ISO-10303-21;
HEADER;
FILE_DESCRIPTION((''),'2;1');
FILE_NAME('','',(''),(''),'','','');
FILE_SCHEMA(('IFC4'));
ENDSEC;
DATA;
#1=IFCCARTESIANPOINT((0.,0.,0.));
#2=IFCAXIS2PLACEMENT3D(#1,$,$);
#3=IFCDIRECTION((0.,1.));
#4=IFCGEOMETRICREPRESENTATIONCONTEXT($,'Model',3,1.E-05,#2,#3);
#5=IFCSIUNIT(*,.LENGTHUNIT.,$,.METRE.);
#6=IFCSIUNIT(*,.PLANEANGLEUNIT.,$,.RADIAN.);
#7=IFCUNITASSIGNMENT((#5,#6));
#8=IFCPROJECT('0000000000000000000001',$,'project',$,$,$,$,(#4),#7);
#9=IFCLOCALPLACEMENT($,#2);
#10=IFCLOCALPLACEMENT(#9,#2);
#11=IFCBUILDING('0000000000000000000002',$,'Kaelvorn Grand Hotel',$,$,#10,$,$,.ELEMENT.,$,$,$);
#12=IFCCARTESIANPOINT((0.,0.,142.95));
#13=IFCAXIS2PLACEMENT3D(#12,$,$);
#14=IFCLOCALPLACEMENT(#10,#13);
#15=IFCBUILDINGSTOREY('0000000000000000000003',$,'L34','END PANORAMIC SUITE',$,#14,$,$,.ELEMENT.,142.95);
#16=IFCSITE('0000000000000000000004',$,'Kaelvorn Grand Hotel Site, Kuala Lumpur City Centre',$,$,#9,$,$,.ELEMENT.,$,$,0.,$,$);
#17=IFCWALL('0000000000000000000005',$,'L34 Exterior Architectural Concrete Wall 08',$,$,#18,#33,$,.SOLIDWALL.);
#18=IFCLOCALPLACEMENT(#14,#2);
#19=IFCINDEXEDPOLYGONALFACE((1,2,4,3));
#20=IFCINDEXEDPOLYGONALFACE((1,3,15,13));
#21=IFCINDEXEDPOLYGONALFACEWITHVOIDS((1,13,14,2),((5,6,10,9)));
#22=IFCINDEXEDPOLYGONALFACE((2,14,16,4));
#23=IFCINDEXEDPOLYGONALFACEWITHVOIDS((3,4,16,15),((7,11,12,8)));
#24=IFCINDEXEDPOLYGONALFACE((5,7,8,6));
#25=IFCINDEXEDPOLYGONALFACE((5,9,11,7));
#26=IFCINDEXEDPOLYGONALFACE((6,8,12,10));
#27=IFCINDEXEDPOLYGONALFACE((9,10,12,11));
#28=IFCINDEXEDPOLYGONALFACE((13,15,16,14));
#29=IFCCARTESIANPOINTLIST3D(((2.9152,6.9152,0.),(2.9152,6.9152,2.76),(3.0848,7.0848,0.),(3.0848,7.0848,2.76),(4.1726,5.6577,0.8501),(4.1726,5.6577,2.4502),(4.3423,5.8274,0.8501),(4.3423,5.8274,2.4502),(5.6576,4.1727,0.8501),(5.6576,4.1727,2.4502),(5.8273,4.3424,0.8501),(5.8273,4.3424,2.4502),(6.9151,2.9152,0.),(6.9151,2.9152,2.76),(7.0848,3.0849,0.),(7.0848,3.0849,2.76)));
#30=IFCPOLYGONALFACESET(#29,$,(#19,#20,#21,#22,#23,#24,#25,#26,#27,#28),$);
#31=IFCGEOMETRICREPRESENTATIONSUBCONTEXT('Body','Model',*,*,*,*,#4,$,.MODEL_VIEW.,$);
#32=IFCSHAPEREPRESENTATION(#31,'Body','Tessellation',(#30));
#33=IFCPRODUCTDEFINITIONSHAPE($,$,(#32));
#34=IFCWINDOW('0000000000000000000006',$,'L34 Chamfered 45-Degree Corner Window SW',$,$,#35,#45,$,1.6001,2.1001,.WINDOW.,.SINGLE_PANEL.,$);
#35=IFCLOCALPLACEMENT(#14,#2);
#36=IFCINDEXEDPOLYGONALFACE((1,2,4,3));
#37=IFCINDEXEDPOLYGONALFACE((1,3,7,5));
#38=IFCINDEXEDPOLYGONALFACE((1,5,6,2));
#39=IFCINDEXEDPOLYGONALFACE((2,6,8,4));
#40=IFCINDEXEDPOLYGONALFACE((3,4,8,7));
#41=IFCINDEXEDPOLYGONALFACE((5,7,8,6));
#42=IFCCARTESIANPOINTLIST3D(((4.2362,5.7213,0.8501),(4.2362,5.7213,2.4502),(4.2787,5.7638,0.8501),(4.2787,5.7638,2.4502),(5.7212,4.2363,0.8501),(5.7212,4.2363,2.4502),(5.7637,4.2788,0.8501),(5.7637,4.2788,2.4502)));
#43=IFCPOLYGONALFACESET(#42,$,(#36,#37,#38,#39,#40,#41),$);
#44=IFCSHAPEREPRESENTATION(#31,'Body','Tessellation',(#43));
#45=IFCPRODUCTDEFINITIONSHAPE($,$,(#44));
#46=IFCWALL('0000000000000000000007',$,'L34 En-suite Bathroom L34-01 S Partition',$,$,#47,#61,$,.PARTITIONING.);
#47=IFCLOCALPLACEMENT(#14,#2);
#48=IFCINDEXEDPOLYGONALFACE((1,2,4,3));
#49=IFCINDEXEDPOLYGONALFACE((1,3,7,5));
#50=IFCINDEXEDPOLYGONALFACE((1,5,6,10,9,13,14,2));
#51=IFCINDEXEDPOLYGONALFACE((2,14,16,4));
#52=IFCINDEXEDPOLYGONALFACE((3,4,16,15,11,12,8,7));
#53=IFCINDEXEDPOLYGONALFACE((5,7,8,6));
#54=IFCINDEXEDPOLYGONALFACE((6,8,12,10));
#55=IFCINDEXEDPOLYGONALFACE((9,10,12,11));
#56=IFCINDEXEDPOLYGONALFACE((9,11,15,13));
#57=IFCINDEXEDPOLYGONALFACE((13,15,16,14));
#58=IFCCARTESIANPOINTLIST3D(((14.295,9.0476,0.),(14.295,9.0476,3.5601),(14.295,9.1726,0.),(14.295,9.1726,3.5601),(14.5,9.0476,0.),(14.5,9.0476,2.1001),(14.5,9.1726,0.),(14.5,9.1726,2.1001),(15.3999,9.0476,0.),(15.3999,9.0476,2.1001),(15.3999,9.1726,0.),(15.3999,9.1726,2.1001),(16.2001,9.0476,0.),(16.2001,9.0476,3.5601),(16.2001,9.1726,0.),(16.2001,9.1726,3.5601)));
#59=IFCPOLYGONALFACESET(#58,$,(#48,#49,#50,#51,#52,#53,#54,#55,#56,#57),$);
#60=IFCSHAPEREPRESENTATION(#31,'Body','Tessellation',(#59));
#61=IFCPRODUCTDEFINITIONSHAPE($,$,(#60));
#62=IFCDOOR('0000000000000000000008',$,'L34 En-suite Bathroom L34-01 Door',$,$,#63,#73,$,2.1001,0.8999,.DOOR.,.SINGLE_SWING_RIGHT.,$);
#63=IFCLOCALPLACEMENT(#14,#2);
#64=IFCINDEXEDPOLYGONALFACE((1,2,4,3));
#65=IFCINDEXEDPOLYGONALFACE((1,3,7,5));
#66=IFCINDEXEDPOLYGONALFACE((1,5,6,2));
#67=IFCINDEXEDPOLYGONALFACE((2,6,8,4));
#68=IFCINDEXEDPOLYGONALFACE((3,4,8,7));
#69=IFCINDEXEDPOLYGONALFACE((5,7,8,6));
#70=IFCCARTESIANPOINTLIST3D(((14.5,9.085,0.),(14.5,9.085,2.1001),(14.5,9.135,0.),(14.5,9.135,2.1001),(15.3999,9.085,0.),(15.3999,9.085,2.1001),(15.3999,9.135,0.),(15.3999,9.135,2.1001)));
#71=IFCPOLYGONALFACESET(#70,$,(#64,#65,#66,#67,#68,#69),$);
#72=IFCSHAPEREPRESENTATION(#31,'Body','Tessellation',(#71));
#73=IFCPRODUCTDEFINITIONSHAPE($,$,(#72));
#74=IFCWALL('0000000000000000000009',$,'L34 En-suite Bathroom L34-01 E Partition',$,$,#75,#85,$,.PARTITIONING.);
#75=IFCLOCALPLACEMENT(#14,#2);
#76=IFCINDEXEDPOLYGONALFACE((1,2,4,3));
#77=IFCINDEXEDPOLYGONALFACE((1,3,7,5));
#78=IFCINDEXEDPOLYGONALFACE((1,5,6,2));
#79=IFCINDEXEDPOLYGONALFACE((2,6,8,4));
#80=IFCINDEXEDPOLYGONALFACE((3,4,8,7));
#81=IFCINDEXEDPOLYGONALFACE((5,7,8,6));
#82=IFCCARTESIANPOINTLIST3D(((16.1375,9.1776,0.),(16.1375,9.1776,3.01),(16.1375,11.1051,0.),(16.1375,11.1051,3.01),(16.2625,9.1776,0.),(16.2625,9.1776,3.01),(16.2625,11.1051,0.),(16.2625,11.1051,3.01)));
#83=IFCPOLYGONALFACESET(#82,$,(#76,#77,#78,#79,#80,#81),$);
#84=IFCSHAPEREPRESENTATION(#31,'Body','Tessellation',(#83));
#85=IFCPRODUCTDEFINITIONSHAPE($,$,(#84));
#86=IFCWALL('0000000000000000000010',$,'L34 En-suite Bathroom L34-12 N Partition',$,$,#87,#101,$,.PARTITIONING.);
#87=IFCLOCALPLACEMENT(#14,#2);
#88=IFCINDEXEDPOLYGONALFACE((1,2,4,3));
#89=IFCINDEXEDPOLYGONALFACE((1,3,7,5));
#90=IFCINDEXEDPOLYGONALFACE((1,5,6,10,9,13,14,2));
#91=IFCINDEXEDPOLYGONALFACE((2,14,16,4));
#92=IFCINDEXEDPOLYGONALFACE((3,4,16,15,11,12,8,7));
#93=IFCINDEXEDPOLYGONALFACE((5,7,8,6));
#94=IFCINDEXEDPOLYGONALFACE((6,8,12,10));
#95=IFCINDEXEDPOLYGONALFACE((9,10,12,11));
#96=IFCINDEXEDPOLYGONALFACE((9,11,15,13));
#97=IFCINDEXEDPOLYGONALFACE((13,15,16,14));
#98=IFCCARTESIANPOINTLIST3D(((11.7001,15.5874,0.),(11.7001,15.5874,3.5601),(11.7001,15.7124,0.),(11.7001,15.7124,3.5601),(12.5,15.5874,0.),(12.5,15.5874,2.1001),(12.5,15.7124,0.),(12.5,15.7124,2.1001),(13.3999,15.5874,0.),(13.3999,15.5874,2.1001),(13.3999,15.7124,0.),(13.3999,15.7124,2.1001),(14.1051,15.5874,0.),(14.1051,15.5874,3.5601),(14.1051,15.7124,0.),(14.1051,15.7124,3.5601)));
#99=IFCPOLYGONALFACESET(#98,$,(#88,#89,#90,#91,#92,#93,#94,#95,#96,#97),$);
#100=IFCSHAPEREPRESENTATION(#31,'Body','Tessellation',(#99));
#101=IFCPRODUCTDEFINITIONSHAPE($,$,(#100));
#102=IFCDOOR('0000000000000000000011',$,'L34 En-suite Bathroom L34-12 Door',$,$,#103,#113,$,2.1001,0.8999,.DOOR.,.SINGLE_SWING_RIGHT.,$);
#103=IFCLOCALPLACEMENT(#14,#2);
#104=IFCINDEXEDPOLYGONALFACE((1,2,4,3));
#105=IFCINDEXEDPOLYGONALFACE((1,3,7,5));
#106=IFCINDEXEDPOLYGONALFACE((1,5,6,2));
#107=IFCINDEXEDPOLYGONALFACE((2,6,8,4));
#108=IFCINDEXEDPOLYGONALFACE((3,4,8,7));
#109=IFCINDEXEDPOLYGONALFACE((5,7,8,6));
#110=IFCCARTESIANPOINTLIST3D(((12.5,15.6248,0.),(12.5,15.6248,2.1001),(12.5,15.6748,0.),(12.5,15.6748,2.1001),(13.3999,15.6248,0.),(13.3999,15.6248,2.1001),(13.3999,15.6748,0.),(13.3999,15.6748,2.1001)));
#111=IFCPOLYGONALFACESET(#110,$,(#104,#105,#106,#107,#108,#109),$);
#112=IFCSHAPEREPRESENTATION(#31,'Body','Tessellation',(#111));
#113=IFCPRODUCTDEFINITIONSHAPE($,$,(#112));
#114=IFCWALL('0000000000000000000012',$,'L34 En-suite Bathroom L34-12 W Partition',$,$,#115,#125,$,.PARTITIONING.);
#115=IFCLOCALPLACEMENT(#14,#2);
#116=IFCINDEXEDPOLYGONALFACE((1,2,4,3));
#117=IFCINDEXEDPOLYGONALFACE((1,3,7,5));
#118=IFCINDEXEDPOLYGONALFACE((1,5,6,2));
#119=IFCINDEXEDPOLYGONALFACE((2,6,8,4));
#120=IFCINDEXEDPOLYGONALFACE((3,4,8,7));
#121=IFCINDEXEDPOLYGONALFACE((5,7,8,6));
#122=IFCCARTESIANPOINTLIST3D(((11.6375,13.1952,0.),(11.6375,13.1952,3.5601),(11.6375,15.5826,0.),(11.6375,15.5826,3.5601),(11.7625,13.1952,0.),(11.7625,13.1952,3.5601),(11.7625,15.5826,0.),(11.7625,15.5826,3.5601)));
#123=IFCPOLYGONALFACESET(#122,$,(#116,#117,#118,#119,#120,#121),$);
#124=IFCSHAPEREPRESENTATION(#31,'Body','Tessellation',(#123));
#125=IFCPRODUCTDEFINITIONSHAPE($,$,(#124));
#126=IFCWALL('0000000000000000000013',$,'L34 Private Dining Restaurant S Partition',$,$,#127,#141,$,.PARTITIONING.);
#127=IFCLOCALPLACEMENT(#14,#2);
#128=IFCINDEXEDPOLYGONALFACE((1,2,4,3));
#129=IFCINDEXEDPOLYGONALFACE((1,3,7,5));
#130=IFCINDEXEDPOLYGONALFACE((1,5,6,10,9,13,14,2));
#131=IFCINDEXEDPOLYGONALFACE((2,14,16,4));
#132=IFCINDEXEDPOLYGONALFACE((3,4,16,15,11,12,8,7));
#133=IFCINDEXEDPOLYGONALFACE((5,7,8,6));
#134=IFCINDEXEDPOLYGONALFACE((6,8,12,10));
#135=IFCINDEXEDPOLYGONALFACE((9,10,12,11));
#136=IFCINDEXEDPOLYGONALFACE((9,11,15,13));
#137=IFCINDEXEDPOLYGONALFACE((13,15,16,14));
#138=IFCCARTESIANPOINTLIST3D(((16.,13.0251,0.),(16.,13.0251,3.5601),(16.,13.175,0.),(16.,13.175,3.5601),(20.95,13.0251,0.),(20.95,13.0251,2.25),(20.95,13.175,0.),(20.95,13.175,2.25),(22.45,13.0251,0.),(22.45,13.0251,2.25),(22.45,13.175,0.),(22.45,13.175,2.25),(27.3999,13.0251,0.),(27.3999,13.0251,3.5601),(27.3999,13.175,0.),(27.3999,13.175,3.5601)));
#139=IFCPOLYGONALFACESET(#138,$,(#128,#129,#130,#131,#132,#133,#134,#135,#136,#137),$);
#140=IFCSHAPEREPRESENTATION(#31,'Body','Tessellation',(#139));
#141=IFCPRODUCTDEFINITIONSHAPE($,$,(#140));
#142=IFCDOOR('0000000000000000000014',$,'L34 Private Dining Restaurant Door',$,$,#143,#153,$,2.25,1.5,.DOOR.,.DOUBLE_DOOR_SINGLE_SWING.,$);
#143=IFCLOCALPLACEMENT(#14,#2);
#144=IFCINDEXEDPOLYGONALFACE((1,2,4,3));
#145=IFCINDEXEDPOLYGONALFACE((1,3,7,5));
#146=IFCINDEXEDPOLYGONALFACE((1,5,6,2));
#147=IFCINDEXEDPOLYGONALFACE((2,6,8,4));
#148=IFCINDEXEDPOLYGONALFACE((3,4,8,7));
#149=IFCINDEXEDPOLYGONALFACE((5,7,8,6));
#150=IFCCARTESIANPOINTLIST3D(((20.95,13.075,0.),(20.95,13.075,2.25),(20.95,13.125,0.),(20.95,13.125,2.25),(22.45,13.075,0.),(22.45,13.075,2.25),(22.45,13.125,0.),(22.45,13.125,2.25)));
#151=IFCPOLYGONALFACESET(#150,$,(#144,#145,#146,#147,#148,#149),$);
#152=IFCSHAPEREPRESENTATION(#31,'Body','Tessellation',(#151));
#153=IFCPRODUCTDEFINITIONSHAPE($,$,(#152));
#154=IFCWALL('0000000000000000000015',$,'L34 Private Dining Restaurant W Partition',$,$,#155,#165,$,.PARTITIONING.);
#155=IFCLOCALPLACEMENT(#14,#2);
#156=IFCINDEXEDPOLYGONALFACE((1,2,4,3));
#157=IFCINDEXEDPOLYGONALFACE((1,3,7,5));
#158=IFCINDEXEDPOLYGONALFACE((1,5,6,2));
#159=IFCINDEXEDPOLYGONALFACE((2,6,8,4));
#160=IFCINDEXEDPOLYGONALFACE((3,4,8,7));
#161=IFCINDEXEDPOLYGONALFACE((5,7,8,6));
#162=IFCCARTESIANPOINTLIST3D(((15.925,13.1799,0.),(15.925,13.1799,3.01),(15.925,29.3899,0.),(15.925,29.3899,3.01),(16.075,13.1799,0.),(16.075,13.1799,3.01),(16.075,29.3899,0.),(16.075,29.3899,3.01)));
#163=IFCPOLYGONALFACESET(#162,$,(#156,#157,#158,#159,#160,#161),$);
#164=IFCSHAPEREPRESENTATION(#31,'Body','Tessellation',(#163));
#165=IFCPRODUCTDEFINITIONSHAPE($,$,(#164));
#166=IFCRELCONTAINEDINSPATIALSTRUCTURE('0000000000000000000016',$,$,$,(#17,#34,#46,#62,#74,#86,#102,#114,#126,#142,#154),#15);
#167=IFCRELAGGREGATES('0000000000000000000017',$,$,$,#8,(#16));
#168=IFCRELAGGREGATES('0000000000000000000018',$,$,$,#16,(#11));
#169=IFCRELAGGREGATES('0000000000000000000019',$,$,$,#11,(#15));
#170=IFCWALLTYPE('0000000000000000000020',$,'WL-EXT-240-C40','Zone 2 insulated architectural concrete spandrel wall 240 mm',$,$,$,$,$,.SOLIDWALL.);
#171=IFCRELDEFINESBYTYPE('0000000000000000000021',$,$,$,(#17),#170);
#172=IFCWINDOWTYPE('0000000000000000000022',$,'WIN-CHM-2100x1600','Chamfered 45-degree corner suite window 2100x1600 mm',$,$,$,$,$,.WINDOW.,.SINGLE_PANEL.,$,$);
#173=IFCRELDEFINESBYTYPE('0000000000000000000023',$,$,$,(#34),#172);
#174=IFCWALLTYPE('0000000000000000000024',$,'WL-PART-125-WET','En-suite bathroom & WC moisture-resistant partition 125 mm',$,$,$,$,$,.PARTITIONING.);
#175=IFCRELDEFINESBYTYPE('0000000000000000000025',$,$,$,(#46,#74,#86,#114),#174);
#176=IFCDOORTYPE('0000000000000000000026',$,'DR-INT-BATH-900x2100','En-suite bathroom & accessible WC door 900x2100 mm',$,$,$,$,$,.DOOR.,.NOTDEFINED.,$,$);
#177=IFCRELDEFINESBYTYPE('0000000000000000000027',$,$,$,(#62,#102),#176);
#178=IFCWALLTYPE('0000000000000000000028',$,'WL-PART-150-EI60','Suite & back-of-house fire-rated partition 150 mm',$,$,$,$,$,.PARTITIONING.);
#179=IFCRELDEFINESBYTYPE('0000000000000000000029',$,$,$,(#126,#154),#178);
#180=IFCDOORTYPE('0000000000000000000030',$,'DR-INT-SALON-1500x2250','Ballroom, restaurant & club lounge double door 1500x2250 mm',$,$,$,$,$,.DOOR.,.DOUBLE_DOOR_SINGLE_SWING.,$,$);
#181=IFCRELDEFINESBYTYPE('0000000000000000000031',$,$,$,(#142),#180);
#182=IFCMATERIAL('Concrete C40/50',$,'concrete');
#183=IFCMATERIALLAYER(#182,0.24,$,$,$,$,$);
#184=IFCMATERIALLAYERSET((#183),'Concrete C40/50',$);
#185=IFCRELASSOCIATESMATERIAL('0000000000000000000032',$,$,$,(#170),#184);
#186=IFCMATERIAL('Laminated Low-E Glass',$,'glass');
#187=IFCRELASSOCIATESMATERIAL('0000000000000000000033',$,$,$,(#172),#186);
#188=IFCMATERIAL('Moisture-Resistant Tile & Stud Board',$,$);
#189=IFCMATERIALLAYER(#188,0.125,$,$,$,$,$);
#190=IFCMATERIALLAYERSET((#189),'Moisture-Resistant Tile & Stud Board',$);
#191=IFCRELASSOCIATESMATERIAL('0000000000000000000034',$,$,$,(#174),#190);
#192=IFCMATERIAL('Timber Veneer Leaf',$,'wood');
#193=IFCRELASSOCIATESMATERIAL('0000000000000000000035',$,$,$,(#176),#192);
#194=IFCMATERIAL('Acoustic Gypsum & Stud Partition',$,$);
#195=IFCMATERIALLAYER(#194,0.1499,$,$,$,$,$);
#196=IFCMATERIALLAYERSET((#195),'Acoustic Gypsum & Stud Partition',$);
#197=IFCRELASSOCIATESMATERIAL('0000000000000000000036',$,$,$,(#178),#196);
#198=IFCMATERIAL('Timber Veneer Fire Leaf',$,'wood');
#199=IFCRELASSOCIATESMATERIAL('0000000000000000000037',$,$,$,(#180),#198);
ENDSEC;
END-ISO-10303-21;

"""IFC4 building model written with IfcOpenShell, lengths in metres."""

from ifc_helpers import new_model, si_unit, direction, frame, frame_2d, origin, place, context, subcontext, project, spatial, rectangle, extrude, material, layer, layer_set, type_object, element, fill, save


model = new_model("IFC4")

# Units and contexts
model_context = context("Model", 3, precision=1e-05, world=origin(), true_north=direction((0.0, 1.0)))
body_context = subcontext(model_context, "Body", "Model", "MODEL_VIEW")
ifc_project = project(units=[si_unit("LENGTHUNIT", "METRE"), si_unit("PLANEANGLEUNIT", "RADIAN")], contexts=[model_context])

# Site, building, storey
site_placement = place(None, origin())
site = spatial("IfcSite", under=ifc_project, at=site_placement, Name="Kaelvorn Grand Hotel Site, Kuala Lumpur City Centre", CompositionType="ELEMENT", RefElevation=0.0)
building_placement = place(site_placement, origin())
building = spatial("IfcBuilding", under=site, at=building_placement, Name="Kaelvorn Grand Hotel", CompositionType="ELEMENT")
storey_placement = place(building_placement, frame((0.0, 0.0, 142.95)))
storey = spatial("IfcBuildingStorey", under=building, at=storey_placement, Name="L34", Description="END PANORAMIC SUITE", CompositionType="ELEMENT", Elevation=142.95)

# Wall, opening, window
ifc_material_1 = material(Name="Concrete C40/50", Category="concrete")
ifc_layer_1 = layer(ifc_material_1, 0.24)
ifc_layer_set_1 = layer_set([ifc_layer_1], Name="Concrete C40/50")
wall_type_1 = type_object("IfcWallType", Name="WL-EXT-240-C40", Description="Zone 2 insulated architectural concrete spandrel wall 240 mm", PredefinedType="SOLIDWALL", material=ifc_layer_set_1)
wall_1_placement = place(storey_placement, frame((3.0, 7.0, 0.0), z_axis=(0.0, 0.0, 1.0), x_axis=(0.707107, -0.707107, 0.0)))
wall_1 = element("IfcWall", 1, at=wall_1_placement, inside=storey, type_object=wall_type_1, Name="L34 Exterior Architectural Concrete Wall 08", PredefinedType="SOLIDWALL", context=body_context, shape_type="SweptSolid", body=[
    extrude(rectangle(XDim=5.6567, YDim=0.24, at=frame_2d((2.8284, 0.0))), origin(), (0.0, 0.0, 1.0), 2.76),
])
opening_1_placement = place(wall_1_placement, frame((1.7783, 0.0, 0.8501)))
opening_1 = element("IfcOpeningElement", 2, at=opening_1_placement, cuts=wall_1, PredefinedType="OPENING", context=body_context, shape_type="SweptSolid", body=[
    extrude(rectangle(XDim=2.1001, YDim=1.6001, at=frame_2d((1.05, 0.8))), frame((0.0, 0.1299, 0.0), z_axis=(0.0, -1.0, 0.0), x_axis=(1.0, 0.0, 0.0)), (0.0, 0.0, 1.0), 0.26),
])
ifc_material_2 = material(Name="Laminated Low-E Glass", Category="glass")
window_type = type_object("IfcWindowType", Name="WIN-CHM-2100x1600", Description="Chamfered 45-degree corner suite window 2100x1600 mm", PartitioningType="SINGLE_PANEL", PredefinedType="WINDOW", material=ifc_material_2)
window_placement = place(opening_1_placement, origin())
window = element("IfcWindow", 3, at=window_placement, inside=storey, type_object=window_type, Name="L34 Chamfered 45-Degree Corner Window SW", OverallHeight=1.6001, OverallWidth=2.1001, PartitioningType="SINGLE_PANEL", PredefinedType="WINDOW", context=body_context, shape_type="SweptSolid", body=[
    extrude(rectangle(XDim=2.1001, YDim=1.6001, at=frame_2d((1.05, 0.8))), frame((0.0, 0.03, 0.0), z_axis=(0.0, -1.0, 0.0), x_axis=(1.0, 0.0, 0.0)), (0.0, 0.0, 1.0), 0.0601),
])
fill(opening_1, window)

# Wall, opening, door
ifc_material_3 = material(Name="Moisture-Resistant Tile & Stud Board")
ifc_layer_2 = layer(ifc_material_3, 0.125)
ifc_layer_set_2 = layer_set([ifc_layer_2], Name="Moisture-Resistant Tile & Stud Board")
wall_type_2 = type_object("IfcWallType", Name="WL-PART-125-WET", Description="En-suite bathroom & WC moisture-resistant partition 125 mm", PredefinedType="PARTITIONING", material=ifc_layer_set_2)
wall_2_placement = place(storey_placement, frame((14.2949, 9.1101, 0.0), z_axis=(0.0, 0.0, 1.0), x_axis=(1.0, 0.0, 0.0)))
wall_2 = element("IfcWall", 4, at=wall_2_placement, inside=storey, type_object=wall_type_2, Name="L34 En-suite Bathroom L34-01 S Partition", PredefinedType="PARTITIONING", context=body_context, shape_type="SweptSolid", body=[
    extrude(rectangle(XDim=1.905, YDim=0.125, at=frame_2d((0.9526, 0.0))), origin(), (0.0, 0.0, 1.0), 3.5601),
])
opening_2_placement = place(wall_2_placement, frame((0.2051, 0.0, 0.0)))
opening_2 = element("IfcOpeningElement", 5, at=opening_2_placement, cuts=wall_2, PredefinedType="OPENING", context=body_context, shape_type="SweptSolid", body=[
    extrude(rectangle(XDim=0.8999, YDim=2.1001, at=frame_2d((0.45, 1.05))), frame((0.0, 0.0725, 0.0), z_axis=(0.0, -1.0, 0.0), x_axis=(1.0, 0.0, 0.0)), (0.0, 0.0, 1.0), 0.145),
])
ifc_material_4 = material(Name="Timber Veneer Leaf", Category="wood")
door_type_1 = type_object("IfcDoorType", Name="DR-INT-BATH-900x2100", Description="En-suite bathroom & accessible WC door 900x2100 mm", OperationType="NOTDEFINED", PredefinedType="DOOR", material=ifc_material_4)
door_1_placement = place(opening_2_placement, origin())
door_1 = element("IfcDoor", 6, at=door_1_placement, inside=storey, type_object=door_type_1, Name="L34 En-suite Bathroom L34-01 Door", OperationType="SINGLE_SWING_RIGHT", OverallHeight=2.1001, OverallWidth=0.8999, PredefinedType="DOOR", context=body_context, shape_type="SweptSolid", body=[
    extrude(rectangle(XDim=0.8999, YDim=2.1001, at=frame_2d((0.45, 1.05))), frame((0.0, 0.0249, 0.0), z_axis=(0.0, -1.0, 0.0), x_axis=(1.0, 0.0, 0.0)), (0.0, 0.0, 1.0), 0.05),
])
fill(opening_2, door_1)

# Wall
wall_3_placement = place(storey_placement, frame((16.2, 9.1775, 0.0), z_axis=(0.0, 0.0, 1.0), x_axis=(0.0, 1.0, 0.0)))
element("IfcWall", 7, at=wall_3_placement, inside=storey, type_object=wall_type_2, Name="L34 En-suite Bathroom L34-01 E Partition", PredefinedType="PARTITIONING", context=body_context, shape_type="SweptSolid", body=[
    extrude(rectangle(XDim=1.9275, YDim=0.125, at=frame_2d((0.9639, 0.0))), origin(), (0.0, 0.0, 1.0), 3.01),
])

# Wall, opening, door
wall_4_placement = place(storey_placement, frame((11.7, 15.6499, 0.0), z_axis=(0.0, 0.0, 1.0), x_axis=(1.0, 0.0, 0.0)))
wall_4 = element("IfcWall", 8, at=wall_4_placement, inside=storey, type_object=wall_type_2, Name="L34 En-suite Bathroom L34-12 N Partition", PredefinedType="PARTITIONING", context=body_context, shape_type="SweptSolid", body=[
    extrude(rectangle(XDim=2.405, YDim=0.125, at=frame_2d((1.2026, 0.0))), origin(), (0.0, 0.0, 1.0), 3.5601),
])
opening_3_placement = place(wall_4_placement, frame((0.8, 0.0, 0.0)))
opening_3 = element("IfcOpeningElement", 9, at=opening_3_placement, cuts=wall_4, PredefinedType="OPENING", context=body_context, shape_type="SweptSolid", body=[
    extrude(rectangle(XDim=0.8999, YDim=2.1001, at=frame_2d((0.45, 1.05))), frame((0.0, 0.0725, 0.0), z_axis=(0.0, -1.0, 0.0), x_axis=(1.0, 0.0, 0.0)), (0.0, 0.0, 1.0), 0.145),
])
door_2_placement = place(opening_3_placement, origin())
door_2 = element("IfcDoor", 10, at=door_2_placement, inside=storey, type_object=door_type_1, Name="L34 En-suite Bathroom L34-12 Door", OperationType="SINGLE_SWING_RIGHT", OverallHeight=2.1001, OverallWidth=0.8999, PredefinedType="DOOR", context=body_context, shape_type="SweptSolid", body=[
    extrude(rectangle(XDim=0.8999, YDim=2.1001, at=frame_2d((0.45, 1.05))), frame((0.0, 0.0249, 0.0), z_axis=(0.0, -1.0, 0.0), x_axis=(1.0, 0.0, 0.0)), (0.0, 0.0, 1.0), 0.05),
])
fill(opening_3, door_2)

# Wall
wall_5_placement = place(storey_placement, frame((11.7, 13.1951, 0.0), z_axis=(0.0, 0.0, 1.0), x_axis=(0.0, 1.0, 0.0)))
element("IfcWall", 11, at=wall_5_placement, inside=storey, type_object=wall_type_2, Name="L34 En-suite Bathroom L34-12 W Partition", PredefinedType="PARTITIONING", context=body_context, shape_type="SweptSolid", body=[
    extrude(rectangle(XDim=2.3875, YDim=0.125, at=frame_2d((1.1938, 0.0))), origin(), (0.0, 0.0, 1.0), 3.5601),
])

# Wall, opening, door
ifc_material_5 = material(Name="Acoustic Gypsum & Stud Partition")
ifc_layer_3 = layer(ifc_material_5, 0.1499)
ifc_layer_set_3 = layer_set([ifc_layer_3], Name="Acoustic Gypsum & Stud Partition")
wall_type_3 = type_object("IfcWallType", Name="WL-PART-150-EI60", Description="Suite & back-of-house fire-rated partition 150 mm", PredefinedType="PARTITIONING", material=ifc_layer_set_3)
wall_6_placement = place(storey_placement, frame((16.0, 13.1001, 0.0), z_axis=(0.0, 0.0, 1.0), x_axis=(1.0, 0.0, 0.0)))
wall_6 = element("IfcWall", 12, at=wall_6_placement, inside=storey, type_object=wall_type_3, Name="L34 Private Dining Restaurant S Partition", PredefinedType="PARTITIONING", context=body_context, shape_type="SweptSolid", body=[
    extrude(rectangle(XDim=11.3999, YDim=0.1499, at=frame_2d((5.7, 0.0))), origin(), (0.0, 0.0, 1.0), 3.5601),
])
opening_4_placement = place(wall_6_placement, frame((4.95, 0.0, 0.0)))
opening_4 = element("IfcOpeningElement", 13, at=opening_4_placement, cuts=wall_6, PredefinedType="OPENING", context=body_context, shape_type="SweptSolid", body=[
    extrude(rectangle(XDim=1.5, YDim=2.25, at=frame_2d((0.75, 1.125))), frame((0.0, 0.085, 0.0), z_axis=(0.0, -1.0, 0.0), x_axis=(1.0, 0.0, 0.0)), (0.0, 0.0, 1.0), 0.1699),
])
ifc_material_6 = material(Name="Timber Veneer Fire Leaf", Category="wood")
door_type_2 = type_object("IfcDoorType", Name="DR-INT-SALON-1500x2250", Description="Ballroom, restaurant & club lounge double door 1500x2250 mm", OperationType="DOUBLE_DOOR_SINGLE_SWING", PredefinedType="DOOR", material=ifc_material_6)
door_3_placement = place(opening_4_placement, origin())
door_3 = element("IfcDoor", 14, at=door_3_placement, inside=storey, type_object=door_type_2, Name="L34 Private Dining Restaurant Door", OperationType="DOUBLE_DOOR_SINGLE_SWING", OverallHeight=2.25, OverallWidth=1.5, PredefinedType="DOOR", context=body_context, shape_type="SweptSolid", body=[
    extrude(rectangle(XDim=1.5, YDim=2.25, at=frame_2d((0.75, 1.125))), frame((0.0, 0.0249, 0.0), z_axis=(0.0, -1.0, 0.0), x_axis=(1.0, 0.0, 0.0)), (0.0, 0.0, 1.0), 0.05),
])
fill(opening_4, door_3)

# Wall
wall_7_placement = place(storey_placement, frame((16.0, 13.1799, 0.0), z_axis=(0.0, 0.0, 1.0), x_axis=(0.0, 1.0, 0.0)))
element("IfcWall", 15, at=wall_7_placement, inside=storey, type_object=wall_type_3, Name="L34 Private Dining Restaurant W Partition", PredefinedType="PARTITIONING", context=body_context, shape_type="SweptSolid", body=[
    extrude(rectangle(XDim=16.21, YDim=0.1499, at=frame_2d((8.105, 0.0))), origin(), (0.0, 0.0, 1.0), 3.01),
])

save(model, "model.ifc")
